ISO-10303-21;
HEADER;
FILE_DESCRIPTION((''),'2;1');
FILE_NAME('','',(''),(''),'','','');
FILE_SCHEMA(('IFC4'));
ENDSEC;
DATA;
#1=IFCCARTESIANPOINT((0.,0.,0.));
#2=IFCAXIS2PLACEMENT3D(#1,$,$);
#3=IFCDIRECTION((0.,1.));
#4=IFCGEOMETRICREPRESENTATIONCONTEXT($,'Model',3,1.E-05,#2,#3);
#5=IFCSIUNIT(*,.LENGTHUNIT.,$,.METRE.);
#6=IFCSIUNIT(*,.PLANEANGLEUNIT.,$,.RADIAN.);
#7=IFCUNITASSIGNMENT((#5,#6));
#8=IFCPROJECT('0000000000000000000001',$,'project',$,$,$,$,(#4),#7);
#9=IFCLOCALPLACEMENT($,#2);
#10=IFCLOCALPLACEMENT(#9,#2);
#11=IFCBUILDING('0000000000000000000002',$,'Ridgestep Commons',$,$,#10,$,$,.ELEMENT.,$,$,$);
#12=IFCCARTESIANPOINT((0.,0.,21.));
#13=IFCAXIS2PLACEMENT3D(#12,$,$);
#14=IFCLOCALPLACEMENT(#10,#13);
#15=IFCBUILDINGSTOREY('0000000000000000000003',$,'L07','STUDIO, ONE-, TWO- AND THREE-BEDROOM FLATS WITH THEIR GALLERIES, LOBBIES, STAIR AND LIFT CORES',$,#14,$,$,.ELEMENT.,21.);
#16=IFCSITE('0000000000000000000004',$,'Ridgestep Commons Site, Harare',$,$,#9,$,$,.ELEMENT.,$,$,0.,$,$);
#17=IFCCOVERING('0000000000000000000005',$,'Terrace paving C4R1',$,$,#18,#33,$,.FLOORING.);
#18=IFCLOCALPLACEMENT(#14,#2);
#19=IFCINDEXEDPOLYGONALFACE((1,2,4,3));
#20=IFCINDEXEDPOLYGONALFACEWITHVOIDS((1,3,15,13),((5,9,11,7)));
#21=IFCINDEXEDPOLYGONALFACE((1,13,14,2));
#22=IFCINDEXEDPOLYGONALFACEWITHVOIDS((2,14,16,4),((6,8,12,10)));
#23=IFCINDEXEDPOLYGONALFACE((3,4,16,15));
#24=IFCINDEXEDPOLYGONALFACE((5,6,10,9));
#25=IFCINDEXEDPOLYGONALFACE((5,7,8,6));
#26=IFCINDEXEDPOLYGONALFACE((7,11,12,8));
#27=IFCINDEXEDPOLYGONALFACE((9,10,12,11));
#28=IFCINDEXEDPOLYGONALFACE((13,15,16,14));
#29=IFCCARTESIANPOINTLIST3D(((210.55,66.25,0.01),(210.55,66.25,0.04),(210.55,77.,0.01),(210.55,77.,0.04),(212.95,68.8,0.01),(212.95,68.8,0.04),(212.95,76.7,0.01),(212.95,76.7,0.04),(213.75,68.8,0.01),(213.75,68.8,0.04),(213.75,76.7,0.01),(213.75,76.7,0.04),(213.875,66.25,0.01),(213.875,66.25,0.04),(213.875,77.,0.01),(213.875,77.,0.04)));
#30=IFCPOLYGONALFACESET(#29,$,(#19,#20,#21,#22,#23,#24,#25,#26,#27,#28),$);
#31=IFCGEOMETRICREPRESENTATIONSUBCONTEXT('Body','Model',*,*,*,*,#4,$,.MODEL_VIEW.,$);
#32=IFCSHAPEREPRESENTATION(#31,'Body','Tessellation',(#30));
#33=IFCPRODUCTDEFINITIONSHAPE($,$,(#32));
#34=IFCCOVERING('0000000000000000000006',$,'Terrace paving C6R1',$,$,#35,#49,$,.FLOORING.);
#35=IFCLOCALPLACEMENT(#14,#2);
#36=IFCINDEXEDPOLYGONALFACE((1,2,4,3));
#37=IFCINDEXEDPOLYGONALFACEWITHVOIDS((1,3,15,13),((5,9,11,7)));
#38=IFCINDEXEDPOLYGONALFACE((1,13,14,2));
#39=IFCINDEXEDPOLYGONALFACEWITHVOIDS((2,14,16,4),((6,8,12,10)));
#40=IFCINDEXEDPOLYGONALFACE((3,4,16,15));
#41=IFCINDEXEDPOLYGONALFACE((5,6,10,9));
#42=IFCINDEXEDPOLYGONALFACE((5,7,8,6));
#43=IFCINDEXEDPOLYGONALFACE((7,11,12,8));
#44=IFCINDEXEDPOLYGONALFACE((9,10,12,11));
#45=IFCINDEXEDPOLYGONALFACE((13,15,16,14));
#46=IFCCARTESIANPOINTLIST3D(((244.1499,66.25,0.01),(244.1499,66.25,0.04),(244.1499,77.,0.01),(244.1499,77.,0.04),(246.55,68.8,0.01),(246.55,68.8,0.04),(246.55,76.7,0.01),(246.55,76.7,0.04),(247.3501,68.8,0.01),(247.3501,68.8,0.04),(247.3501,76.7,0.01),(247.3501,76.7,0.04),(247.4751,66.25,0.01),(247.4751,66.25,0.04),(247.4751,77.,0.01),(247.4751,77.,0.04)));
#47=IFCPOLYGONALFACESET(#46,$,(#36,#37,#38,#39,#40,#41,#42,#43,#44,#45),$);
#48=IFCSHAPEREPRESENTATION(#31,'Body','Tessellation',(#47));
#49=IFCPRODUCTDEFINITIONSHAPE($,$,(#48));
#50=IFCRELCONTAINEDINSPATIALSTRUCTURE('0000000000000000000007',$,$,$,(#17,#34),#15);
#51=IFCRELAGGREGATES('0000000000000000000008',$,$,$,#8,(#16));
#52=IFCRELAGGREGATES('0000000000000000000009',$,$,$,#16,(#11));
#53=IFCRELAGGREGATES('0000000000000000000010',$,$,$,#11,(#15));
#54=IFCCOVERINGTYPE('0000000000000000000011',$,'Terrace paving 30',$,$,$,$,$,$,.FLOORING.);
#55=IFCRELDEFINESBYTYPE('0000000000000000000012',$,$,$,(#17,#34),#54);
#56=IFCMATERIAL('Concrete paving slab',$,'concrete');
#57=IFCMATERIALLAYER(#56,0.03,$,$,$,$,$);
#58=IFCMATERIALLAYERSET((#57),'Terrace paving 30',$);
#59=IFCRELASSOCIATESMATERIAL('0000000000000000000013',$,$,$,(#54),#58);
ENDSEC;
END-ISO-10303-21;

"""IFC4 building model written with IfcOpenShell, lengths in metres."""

from ifc_helpers import new_model, si_unit, direction, frame, origin, place, context, subcontext, project, spatial, polyline, outline, extrude, material, layer, layer_set, type_object, element, save


model = new_model("IFC4")

# Units and contexts
model_context = context("Model", 3, precision=1e-05, world=origin(), true_north=direction((0.0, 1.0)))
body_context = subcontext(model_context, "Body", "Model", "MODEL_VIEW")
ifc_project = project(units=[si_unit("LENGTHUNIT", "METRE"), si_unit("PLANEANGLEUNIT", "RADIAN")], contexts=[model_context])

# Site, building, storey
site_placement = place(None, origin())
site = spatial("IfcSite", under=ifc_project, at=site_placement, Name="Ridgestep Commons Site, Harare", CompositionType="ELEMENT", RefElevation=0.0)
building_placement = place(site_placement, origin())
building = spatial("IfcBuilding", under=site, at=building_placement, Name="Ridgestep Commons", CompositionType="ELEMENT")
storey_placement = place(building_placement, frame((0.0, 0.0, 21.0)))
storey = spatial("IfcBuildingStorey", under=building, at=storey_placement, Name="L07", Description="STUDIO, ONE-, TWO- AND THREE-BEDROOM FLATS WITH THEIR GALLERIES, LOBBIES, STAIR AND LIFT CORES", CompositionType="ELEMENT", Elevation=21.0)

# Coverings
ifc_material_1 = material(Name="Concrete paving slab", Category="concrete")
ifc_layer_1 = layer(ifc_material_1, 0.03)
ifc_layer_set_1 = layer_set([ifc_layer_1], Name="Terrace paving 30")
covering_type_1 = type_object("IfcCoveringType", Name="Terrace paving 30", PredefinedType="FLOORING", material=ifc_layer_set_1)
covering_1_placement = place(storey_placement, frame((0.0, 0.0, 0.01)))
element("IfcCovering", 1, at=covering_1_placement, inside=storey, type_object=covering_type_1, Name="Terrace paving C4R1", PredefinedType="FLOORING", context=body_context, shape_type="SweptSolid", body=[
    extrude(outline(polyline([(213.875, 66.25), (213.875, 77.0), (210.55, 77.0), (210.55, 66.25), (213.875, 66.25)]), holes=[polyline([(213.75, 68.8), (213.75, 76.7), (212.95, 76.7), (212.95, 68.8), (213.75, 68.8)])]), origin(), (0.0, 0.0, 1.0), 0.03),
])
covering_2_placement = place(storey_placement, frame((0.0, 0.0, 0.01)))
element("IfcCovering", 2, at=covering_2_placement, inside=storey, type_object=covering_type_1, Name="Terrace paving C6R1", PredefinedType="FLOORING", context=body_context, shape_type="SweptSolid", body=[
    extrude(outline(polyline([(247.4751, 66.25), (247.4751, 77.0), (244.1499, 77.0), (244.1499, 66.25), (247.4751, 66.25)]), holes=[polyline([(247.3501, 68.8), (247.3501, 76.7), (246.55, 76.7), (246.55, 68.8), (247.3501, 68.8)])]), origin(), (0.0, 0.0, 1.0), 0.03),
])

save(model, "model.ifc")
